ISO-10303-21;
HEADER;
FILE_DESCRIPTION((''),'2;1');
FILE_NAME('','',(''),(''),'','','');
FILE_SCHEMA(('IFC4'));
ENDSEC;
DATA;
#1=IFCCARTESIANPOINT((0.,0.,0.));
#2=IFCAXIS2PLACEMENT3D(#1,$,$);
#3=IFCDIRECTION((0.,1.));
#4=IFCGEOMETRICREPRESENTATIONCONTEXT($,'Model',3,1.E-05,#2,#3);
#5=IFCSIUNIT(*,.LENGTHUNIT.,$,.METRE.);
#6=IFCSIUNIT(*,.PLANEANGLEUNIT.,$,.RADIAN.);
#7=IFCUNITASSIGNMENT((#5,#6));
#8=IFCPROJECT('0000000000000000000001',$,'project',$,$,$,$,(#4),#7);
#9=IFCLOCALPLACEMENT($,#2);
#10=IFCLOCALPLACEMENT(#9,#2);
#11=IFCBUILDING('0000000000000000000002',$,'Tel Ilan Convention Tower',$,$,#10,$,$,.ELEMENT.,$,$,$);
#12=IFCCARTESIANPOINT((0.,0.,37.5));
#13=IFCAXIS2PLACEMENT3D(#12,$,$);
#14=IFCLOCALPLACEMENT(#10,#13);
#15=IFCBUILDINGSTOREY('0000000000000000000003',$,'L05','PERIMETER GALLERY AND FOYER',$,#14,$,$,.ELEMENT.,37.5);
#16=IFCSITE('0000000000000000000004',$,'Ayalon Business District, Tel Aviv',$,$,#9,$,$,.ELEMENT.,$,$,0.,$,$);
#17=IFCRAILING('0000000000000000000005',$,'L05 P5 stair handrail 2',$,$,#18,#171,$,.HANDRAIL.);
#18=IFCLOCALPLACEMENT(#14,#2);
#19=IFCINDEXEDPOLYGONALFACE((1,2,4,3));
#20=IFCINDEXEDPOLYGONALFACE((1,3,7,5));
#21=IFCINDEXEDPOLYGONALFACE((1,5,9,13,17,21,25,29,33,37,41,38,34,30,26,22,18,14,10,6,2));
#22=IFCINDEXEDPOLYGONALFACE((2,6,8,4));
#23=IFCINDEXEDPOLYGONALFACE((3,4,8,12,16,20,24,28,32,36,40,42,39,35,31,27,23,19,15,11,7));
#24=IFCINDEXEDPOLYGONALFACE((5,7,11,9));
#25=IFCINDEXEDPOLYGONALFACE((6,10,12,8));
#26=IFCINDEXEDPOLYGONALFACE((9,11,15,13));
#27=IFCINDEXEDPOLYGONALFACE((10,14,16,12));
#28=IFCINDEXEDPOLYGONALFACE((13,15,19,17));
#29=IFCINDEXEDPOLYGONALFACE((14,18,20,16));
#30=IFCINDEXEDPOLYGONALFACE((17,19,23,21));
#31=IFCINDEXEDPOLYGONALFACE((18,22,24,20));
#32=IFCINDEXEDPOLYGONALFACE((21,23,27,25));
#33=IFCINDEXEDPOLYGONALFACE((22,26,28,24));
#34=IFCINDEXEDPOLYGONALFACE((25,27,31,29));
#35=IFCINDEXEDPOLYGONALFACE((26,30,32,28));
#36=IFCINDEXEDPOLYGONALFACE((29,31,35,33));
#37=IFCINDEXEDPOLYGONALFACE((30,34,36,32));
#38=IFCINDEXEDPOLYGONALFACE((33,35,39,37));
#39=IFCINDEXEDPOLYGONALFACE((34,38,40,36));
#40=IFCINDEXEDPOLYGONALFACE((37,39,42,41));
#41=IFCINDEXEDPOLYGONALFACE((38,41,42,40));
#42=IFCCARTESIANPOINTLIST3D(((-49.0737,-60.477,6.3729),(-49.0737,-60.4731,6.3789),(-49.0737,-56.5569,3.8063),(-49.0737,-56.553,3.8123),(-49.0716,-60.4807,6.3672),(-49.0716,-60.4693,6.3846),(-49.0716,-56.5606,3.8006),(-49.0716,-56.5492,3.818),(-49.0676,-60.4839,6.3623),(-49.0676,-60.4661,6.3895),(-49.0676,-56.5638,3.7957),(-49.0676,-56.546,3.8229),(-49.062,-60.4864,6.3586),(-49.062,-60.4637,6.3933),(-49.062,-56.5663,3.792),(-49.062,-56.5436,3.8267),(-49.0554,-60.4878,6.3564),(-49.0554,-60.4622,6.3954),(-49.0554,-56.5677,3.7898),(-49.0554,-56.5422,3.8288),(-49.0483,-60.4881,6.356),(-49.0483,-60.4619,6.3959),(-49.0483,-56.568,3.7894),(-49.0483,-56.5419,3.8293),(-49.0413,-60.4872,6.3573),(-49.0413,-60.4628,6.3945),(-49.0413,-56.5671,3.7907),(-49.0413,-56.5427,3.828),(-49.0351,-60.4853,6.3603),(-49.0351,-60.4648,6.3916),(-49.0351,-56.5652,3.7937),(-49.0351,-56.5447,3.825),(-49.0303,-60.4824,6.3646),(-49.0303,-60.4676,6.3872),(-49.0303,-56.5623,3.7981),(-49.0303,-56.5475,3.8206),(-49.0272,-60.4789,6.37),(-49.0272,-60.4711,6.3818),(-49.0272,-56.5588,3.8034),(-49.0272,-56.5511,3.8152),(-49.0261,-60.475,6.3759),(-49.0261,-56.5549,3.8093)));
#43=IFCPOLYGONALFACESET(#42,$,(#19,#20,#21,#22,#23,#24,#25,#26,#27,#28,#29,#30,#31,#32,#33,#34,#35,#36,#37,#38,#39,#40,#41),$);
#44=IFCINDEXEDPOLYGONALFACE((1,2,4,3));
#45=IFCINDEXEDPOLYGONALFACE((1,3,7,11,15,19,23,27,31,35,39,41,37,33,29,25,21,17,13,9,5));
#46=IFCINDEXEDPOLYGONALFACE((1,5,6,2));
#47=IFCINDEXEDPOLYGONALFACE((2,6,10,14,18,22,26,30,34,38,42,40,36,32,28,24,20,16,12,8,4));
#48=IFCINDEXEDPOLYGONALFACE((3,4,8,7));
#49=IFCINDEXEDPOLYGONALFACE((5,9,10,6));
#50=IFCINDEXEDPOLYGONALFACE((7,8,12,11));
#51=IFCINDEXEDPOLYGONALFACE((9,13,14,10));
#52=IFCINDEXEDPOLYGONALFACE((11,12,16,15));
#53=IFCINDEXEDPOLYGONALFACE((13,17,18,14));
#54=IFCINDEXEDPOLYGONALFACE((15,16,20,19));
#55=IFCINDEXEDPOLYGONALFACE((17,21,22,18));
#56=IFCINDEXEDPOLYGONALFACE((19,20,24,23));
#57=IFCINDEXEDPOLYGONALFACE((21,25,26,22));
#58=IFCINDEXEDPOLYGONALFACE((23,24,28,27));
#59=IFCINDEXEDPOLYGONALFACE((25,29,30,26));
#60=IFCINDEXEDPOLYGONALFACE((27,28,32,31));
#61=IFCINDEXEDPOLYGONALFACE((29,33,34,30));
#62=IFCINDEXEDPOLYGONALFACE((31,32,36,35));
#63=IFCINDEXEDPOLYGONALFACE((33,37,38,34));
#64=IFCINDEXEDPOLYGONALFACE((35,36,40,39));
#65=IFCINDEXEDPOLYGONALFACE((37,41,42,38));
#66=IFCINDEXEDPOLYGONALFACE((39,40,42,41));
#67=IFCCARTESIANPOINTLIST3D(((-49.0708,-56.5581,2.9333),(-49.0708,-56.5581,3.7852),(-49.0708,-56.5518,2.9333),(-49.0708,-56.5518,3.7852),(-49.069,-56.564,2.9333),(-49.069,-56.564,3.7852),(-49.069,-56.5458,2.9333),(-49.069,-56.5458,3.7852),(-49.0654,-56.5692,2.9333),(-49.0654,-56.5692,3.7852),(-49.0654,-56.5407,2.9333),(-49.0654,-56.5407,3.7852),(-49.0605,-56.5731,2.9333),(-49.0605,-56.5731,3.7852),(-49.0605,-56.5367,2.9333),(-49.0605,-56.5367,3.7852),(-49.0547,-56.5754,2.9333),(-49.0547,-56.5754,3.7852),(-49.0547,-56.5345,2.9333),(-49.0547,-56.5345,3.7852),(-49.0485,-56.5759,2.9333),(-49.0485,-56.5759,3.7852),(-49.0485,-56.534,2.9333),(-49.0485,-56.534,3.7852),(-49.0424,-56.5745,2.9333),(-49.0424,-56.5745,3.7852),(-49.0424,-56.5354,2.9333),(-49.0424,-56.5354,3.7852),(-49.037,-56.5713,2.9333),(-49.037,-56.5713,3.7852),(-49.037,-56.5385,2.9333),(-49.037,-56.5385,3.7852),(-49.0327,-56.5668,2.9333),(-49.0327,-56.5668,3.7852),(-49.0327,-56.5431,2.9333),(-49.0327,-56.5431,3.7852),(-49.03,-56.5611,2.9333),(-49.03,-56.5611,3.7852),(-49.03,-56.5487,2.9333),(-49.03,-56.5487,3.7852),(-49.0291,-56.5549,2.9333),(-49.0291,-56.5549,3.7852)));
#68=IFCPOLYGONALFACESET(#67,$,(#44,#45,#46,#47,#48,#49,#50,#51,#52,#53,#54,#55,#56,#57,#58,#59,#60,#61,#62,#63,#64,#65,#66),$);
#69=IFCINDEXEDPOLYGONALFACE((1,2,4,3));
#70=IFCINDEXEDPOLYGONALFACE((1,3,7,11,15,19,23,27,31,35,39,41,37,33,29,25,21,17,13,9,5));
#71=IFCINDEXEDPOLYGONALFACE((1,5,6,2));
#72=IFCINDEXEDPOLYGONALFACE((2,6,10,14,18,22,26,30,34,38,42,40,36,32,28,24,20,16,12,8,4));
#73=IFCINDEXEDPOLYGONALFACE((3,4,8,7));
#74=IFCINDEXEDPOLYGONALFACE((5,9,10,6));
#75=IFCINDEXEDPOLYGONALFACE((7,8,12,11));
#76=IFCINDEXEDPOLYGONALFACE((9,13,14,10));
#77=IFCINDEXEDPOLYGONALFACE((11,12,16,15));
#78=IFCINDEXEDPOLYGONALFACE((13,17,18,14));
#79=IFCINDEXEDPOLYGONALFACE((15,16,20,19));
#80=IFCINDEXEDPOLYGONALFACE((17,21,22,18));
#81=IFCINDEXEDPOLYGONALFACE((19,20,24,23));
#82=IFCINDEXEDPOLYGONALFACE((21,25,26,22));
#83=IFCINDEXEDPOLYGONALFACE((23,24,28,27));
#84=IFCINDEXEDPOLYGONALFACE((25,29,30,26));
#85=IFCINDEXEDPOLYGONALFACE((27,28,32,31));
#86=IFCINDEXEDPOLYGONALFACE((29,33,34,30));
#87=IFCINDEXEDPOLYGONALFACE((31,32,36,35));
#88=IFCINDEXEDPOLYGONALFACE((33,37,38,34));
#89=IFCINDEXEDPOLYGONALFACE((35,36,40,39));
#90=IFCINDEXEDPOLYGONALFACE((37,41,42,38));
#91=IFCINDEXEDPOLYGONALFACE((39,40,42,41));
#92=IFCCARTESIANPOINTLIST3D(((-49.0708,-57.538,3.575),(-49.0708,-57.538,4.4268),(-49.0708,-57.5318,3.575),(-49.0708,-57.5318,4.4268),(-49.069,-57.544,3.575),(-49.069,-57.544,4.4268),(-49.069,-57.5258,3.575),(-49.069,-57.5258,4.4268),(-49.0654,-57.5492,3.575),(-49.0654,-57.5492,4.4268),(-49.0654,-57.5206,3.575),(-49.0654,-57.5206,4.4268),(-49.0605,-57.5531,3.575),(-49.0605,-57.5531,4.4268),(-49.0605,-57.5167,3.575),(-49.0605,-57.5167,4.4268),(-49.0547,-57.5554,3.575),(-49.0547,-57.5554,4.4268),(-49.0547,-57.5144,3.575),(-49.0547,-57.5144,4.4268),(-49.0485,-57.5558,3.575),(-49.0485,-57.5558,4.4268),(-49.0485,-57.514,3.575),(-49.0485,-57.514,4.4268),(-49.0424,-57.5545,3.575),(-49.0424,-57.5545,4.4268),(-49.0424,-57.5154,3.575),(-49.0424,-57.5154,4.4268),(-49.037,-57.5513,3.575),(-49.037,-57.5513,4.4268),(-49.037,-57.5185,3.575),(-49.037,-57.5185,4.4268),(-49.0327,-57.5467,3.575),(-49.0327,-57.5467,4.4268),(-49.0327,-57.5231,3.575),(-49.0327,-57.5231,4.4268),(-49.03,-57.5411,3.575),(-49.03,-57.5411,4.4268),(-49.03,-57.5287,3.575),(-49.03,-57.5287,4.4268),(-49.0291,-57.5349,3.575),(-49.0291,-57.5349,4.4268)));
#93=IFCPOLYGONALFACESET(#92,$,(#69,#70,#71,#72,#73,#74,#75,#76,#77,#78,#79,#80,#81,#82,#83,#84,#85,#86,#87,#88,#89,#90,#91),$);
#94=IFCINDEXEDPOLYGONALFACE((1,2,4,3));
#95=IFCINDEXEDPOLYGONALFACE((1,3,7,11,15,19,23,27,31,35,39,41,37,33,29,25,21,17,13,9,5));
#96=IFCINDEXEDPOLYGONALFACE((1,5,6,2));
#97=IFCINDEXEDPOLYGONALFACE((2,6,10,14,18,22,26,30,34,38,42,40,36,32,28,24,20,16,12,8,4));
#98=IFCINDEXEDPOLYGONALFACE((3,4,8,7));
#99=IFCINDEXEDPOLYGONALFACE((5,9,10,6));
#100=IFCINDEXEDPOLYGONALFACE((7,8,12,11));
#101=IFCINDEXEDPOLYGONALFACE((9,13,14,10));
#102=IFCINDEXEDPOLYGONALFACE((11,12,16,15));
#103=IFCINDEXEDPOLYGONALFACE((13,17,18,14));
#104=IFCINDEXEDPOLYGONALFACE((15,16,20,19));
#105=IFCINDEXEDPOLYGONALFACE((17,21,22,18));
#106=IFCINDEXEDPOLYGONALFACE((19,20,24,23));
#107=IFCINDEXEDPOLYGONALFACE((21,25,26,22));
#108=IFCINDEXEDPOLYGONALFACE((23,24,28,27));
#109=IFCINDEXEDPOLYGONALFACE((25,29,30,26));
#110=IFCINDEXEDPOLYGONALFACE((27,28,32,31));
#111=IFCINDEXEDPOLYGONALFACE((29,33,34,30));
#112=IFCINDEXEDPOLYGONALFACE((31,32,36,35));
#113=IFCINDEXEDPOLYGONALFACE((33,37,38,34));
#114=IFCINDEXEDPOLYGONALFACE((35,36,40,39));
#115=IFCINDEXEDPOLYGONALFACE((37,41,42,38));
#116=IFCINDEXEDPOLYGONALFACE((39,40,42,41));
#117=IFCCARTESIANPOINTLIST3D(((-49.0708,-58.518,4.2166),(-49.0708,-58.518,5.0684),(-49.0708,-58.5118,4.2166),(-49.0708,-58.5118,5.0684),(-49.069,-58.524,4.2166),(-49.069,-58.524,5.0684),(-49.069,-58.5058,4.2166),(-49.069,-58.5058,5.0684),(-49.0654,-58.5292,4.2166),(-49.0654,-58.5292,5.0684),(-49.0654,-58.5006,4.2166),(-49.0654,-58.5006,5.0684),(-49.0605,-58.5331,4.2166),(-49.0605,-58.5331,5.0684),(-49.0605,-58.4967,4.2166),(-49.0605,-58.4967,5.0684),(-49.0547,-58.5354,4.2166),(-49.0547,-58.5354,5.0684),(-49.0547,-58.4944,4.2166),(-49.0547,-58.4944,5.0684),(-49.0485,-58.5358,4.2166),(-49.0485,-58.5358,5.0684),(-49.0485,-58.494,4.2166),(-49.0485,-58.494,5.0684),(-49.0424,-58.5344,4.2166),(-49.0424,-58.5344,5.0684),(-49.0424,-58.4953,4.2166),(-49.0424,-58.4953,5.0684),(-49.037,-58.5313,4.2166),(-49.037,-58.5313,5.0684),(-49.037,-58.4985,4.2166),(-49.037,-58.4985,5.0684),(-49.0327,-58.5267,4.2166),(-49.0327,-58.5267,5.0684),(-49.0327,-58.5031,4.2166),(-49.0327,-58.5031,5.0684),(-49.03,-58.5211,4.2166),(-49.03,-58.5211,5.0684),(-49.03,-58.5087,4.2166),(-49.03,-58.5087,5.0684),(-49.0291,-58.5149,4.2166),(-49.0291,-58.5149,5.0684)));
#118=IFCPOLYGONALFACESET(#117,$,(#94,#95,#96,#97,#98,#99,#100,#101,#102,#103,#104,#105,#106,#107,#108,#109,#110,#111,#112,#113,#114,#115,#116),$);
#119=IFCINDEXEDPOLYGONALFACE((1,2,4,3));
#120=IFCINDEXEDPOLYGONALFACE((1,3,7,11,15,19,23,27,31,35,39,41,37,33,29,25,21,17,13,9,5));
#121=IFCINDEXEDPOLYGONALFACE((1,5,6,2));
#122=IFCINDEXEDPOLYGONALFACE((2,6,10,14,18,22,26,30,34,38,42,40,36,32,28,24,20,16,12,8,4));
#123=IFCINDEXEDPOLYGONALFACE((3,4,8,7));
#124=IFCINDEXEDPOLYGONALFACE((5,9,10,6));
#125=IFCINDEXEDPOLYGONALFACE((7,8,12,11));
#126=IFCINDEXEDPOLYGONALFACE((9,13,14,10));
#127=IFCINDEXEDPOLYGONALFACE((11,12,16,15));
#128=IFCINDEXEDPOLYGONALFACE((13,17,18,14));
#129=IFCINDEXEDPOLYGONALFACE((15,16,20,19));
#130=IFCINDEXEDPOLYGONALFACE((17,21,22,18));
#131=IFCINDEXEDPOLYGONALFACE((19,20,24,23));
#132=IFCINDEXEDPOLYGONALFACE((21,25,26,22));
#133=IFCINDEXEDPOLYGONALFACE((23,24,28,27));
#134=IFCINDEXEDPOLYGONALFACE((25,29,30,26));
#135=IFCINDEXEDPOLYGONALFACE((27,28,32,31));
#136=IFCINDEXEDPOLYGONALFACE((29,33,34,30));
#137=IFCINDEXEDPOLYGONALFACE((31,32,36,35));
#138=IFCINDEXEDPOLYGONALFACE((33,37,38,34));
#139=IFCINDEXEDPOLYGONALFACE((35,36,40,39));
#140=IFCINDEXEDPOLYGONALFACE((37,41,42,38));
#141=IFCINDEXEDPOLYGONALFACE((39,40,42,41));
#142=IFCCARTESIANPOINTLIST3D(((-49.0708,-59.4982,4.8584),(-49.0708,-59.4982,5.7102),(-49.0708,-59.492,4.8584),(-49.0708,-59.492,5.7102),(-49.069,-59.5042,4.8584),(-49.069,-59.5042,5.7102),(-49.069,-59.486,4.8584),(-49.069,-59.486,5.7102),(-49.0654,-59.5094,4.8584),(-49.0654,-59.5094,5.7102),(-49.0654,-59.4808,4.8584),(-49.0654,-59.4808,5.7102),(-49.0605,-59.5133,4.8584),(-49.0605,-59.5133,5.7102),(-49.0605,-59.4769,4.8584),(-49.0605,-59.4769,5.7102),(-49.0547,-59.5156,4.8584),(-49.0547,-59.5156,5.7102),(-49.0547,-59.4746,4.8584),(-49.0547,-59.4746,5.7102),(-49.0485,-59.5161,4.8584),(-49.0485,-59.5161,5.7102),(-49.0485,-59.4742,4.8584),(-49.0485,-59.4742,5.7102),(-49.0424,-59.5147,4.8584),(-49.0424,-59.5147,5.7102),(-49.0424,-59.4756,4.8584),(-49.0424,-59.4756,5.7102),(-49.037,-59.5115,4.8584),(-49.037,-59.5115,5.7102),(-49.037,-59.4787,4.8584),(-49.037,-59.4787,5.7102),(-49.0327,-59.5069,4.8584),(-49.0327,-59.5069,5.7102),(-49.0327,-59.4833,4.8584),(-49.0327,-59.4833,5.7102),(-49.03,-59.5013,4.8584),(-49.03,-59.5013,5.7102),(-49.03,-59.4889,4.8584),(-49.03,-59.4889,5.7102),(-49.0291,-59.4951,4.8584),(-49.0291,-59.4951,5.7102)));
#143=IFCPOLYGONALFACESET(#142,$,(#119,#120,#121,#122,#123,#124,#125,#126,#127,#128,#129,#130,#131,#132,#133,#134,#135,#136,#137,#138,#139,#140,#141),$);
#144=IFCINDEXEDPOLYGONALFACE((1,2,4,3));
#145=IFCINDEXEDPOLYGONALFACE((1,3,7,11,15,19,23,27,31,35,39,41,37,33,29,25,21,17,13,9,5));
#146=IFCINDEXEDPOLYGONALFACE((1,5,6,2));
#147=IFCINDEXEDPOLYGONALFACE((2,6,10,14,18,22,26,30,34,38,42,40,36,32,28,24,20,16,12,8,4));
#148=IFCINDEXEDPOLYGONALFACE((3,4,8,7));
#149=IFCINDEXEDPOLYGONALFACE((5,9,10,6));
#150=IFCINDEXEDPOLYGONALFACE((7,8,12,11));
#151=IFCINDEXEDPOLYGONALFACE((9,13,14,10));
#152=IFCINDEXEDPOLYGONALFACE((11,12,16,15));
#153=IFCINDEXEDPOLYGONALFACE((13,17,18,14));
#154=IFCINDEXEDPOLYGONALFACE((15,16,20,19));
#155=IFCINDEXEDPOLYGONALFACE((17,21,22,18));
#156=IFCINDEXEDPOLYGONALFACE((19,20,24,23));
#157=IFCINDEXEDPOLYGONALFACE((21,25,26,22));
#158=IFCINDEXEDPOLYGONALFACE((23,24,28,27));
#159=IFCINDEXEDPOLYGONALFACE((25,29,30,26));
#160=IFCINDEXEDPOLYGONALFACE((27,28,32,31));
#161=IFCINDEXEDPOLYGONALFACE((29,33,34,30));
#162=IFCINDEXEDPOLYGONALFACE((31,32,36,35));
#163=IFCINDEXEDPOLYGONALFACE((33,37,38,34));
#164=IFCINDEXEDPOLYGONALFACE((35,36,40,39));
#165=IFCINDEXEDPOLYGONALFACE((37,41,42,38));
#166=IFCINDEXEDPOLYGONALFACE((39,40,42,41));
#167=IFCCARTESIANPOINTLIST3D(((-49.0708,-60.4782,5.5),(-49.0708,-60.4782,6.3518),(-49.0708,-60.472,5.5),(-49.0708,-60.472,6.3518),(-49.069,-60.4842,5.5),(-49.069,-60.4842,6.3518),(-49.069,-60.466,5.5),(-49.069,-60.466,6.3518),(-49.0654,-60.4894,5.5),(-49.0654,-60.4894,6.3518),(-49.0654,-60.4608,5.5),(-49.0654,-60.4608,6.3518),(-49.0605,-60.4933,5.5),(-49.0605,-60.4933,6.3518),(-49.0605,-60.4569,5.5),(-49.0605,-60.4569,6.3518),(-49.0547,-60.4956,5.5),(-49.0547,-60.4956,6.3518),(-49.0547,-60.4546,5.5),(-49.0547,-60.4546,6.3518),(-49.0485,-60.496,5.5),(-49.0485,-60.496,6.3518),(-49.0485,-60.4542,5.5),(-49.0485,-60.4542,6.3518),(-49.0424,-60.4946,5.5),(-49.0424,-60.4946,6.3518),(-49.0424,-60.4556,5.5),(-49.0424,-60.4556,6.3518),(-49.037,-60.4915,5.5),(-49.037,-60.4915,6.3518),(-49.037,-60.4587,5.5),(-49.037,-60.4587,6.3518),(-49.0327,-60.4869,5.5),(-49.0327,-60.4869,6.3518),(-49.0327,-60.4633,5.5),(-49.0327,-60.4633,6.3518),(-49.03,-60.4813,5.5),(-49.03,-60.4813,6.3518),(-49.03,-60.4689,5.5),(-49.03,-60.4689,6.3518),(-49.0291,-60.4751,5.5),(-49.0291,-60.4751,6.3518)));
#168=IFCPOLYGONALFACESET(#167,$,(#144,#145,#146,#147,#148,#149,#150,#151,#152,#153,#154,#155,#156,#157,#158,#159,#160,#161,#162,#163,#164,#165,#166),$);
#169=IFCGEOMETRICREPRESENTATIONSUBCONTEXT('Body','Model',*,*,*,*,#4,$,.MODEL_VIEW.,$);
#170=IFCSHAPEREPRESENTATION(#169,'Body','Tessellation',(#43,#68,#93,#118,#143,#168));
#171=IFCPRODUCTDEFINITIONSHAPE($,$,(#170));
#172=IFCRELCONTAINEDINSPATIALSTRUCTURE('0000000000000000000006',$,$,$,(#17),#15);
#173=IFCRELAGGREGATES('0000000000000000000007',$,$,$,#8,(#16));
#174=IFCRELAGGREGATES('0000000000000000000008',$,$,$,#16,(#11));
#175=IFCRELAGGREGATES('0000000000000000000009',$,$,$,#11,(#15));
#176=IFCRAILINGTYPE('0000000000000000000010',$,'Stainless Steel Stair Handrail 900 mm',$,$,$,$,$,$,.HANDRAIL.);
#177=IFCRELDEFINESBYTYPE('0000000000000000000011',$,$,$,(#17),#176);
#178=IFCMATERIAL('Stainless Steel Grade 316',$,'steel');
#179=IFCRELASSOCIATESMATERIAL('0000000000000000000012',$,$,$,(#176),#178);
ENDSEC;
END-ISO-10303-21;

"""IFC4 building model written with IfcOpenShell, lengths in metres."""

from ifc_helpers import new_model, si_unit, direction, frame, origin, origin_2d, place, context, subcontext, project, spatial, circle, extrude, material, type_object, element, save


model = new_model("IFC4")

# Units and contexts
model_context = context("Model", 3, precision=1e-05, world=origin(), true_north=direction((0.0, 1.0)))
body_context = subcontext(model_context, "Body", "Model", "MODEL_VIEW")
ifc_project = project(units=[si_unit("LENGTHUNIT", "METRE"), si_unit("PLANEANGLEUNIT", "RADIAN")], contexts=[model_context])

# Site, building, storey
site_placement = place(None, origin())
site = spatial("IfcSite", under=ifc_project, at=site_placement, Name="Ayalon Business District, Tel Aviv", CompositionType="ELEMENT", RefElevation=0.0)
building_placement = place(site_placement, origin())
building = spatial("IfcBuilding", under=site, at=building_placement, Name="Tel Ilan Convention Tower", CompositionType="ELEMENT")
storey_placement = place(building_placement, frame((0.0, 0.0, 37.5)))
storey = spatial("IfcBuildingStorey", under=building, at=storey_placement, Name="L05", Description="PERIMETER GALLERY AND FOYER", CompositionType="ELEMENT", Elevation=37.5)

# Railing
ifc_material_1 = material(Name="Stainless Steel Grade 316", Category="steel")
railing_type_1 = type_object("IfcRailingType", Name="Stainless Steel Stair Handrail 900 mm", PredefinedType="HANDRAIL", material=ifc_material_1)
railing_1_placement = place(storey_placement, frame((-49.05, -56.5549, 2.9333)))
element("IfcRailing", 1, at=railing_1_placement, inside=storey, type_object=railing_type_1, Name="L05 P5 stair handrail 2", PredefinedType="HANDRAIL", context=body_context, shape_type="SweptSolid", body=[
    extrude(circle(Radius=0.0239, at=origin_2d()), frame((0.0, 0.0, 0.876), z_axis=(0.0, -0.836631, 0.547767), x_axis=(1.0, 0.0, 0.0)), (0.0, 0.0, 1.0), 4.6855),
    extrude(circle(Radius=0.021, at=origin_2d()), origin(), (0.0, 0.0, 1.0), 0.8518),
    extrude(circle(Radius=0.021, at=origin_2d()), frame((0.0, -0.98, 0.6416)), (0.0, 0.0, 1.0), 0.8518),
    extrude(circle(Radius=0.021, at=origin_2d()), frame((0.0, -1.96, 1.2832)), (0.0, 0.0, 1.0), 0.8518),
    extrude(circle(Radius=0.021, at=origin_2d()), frame((0.0, -2.9402, 1.925)), (0.0, 0.0, 1.0), 0.8518),
    extrude(circle(Radius=0.021, at=origin_2d()), frame((0.0, -3.9202, 2.5667)), (0.0, 0.0, 1.0), 0.8518),
])

save(model, "model.ifc")
